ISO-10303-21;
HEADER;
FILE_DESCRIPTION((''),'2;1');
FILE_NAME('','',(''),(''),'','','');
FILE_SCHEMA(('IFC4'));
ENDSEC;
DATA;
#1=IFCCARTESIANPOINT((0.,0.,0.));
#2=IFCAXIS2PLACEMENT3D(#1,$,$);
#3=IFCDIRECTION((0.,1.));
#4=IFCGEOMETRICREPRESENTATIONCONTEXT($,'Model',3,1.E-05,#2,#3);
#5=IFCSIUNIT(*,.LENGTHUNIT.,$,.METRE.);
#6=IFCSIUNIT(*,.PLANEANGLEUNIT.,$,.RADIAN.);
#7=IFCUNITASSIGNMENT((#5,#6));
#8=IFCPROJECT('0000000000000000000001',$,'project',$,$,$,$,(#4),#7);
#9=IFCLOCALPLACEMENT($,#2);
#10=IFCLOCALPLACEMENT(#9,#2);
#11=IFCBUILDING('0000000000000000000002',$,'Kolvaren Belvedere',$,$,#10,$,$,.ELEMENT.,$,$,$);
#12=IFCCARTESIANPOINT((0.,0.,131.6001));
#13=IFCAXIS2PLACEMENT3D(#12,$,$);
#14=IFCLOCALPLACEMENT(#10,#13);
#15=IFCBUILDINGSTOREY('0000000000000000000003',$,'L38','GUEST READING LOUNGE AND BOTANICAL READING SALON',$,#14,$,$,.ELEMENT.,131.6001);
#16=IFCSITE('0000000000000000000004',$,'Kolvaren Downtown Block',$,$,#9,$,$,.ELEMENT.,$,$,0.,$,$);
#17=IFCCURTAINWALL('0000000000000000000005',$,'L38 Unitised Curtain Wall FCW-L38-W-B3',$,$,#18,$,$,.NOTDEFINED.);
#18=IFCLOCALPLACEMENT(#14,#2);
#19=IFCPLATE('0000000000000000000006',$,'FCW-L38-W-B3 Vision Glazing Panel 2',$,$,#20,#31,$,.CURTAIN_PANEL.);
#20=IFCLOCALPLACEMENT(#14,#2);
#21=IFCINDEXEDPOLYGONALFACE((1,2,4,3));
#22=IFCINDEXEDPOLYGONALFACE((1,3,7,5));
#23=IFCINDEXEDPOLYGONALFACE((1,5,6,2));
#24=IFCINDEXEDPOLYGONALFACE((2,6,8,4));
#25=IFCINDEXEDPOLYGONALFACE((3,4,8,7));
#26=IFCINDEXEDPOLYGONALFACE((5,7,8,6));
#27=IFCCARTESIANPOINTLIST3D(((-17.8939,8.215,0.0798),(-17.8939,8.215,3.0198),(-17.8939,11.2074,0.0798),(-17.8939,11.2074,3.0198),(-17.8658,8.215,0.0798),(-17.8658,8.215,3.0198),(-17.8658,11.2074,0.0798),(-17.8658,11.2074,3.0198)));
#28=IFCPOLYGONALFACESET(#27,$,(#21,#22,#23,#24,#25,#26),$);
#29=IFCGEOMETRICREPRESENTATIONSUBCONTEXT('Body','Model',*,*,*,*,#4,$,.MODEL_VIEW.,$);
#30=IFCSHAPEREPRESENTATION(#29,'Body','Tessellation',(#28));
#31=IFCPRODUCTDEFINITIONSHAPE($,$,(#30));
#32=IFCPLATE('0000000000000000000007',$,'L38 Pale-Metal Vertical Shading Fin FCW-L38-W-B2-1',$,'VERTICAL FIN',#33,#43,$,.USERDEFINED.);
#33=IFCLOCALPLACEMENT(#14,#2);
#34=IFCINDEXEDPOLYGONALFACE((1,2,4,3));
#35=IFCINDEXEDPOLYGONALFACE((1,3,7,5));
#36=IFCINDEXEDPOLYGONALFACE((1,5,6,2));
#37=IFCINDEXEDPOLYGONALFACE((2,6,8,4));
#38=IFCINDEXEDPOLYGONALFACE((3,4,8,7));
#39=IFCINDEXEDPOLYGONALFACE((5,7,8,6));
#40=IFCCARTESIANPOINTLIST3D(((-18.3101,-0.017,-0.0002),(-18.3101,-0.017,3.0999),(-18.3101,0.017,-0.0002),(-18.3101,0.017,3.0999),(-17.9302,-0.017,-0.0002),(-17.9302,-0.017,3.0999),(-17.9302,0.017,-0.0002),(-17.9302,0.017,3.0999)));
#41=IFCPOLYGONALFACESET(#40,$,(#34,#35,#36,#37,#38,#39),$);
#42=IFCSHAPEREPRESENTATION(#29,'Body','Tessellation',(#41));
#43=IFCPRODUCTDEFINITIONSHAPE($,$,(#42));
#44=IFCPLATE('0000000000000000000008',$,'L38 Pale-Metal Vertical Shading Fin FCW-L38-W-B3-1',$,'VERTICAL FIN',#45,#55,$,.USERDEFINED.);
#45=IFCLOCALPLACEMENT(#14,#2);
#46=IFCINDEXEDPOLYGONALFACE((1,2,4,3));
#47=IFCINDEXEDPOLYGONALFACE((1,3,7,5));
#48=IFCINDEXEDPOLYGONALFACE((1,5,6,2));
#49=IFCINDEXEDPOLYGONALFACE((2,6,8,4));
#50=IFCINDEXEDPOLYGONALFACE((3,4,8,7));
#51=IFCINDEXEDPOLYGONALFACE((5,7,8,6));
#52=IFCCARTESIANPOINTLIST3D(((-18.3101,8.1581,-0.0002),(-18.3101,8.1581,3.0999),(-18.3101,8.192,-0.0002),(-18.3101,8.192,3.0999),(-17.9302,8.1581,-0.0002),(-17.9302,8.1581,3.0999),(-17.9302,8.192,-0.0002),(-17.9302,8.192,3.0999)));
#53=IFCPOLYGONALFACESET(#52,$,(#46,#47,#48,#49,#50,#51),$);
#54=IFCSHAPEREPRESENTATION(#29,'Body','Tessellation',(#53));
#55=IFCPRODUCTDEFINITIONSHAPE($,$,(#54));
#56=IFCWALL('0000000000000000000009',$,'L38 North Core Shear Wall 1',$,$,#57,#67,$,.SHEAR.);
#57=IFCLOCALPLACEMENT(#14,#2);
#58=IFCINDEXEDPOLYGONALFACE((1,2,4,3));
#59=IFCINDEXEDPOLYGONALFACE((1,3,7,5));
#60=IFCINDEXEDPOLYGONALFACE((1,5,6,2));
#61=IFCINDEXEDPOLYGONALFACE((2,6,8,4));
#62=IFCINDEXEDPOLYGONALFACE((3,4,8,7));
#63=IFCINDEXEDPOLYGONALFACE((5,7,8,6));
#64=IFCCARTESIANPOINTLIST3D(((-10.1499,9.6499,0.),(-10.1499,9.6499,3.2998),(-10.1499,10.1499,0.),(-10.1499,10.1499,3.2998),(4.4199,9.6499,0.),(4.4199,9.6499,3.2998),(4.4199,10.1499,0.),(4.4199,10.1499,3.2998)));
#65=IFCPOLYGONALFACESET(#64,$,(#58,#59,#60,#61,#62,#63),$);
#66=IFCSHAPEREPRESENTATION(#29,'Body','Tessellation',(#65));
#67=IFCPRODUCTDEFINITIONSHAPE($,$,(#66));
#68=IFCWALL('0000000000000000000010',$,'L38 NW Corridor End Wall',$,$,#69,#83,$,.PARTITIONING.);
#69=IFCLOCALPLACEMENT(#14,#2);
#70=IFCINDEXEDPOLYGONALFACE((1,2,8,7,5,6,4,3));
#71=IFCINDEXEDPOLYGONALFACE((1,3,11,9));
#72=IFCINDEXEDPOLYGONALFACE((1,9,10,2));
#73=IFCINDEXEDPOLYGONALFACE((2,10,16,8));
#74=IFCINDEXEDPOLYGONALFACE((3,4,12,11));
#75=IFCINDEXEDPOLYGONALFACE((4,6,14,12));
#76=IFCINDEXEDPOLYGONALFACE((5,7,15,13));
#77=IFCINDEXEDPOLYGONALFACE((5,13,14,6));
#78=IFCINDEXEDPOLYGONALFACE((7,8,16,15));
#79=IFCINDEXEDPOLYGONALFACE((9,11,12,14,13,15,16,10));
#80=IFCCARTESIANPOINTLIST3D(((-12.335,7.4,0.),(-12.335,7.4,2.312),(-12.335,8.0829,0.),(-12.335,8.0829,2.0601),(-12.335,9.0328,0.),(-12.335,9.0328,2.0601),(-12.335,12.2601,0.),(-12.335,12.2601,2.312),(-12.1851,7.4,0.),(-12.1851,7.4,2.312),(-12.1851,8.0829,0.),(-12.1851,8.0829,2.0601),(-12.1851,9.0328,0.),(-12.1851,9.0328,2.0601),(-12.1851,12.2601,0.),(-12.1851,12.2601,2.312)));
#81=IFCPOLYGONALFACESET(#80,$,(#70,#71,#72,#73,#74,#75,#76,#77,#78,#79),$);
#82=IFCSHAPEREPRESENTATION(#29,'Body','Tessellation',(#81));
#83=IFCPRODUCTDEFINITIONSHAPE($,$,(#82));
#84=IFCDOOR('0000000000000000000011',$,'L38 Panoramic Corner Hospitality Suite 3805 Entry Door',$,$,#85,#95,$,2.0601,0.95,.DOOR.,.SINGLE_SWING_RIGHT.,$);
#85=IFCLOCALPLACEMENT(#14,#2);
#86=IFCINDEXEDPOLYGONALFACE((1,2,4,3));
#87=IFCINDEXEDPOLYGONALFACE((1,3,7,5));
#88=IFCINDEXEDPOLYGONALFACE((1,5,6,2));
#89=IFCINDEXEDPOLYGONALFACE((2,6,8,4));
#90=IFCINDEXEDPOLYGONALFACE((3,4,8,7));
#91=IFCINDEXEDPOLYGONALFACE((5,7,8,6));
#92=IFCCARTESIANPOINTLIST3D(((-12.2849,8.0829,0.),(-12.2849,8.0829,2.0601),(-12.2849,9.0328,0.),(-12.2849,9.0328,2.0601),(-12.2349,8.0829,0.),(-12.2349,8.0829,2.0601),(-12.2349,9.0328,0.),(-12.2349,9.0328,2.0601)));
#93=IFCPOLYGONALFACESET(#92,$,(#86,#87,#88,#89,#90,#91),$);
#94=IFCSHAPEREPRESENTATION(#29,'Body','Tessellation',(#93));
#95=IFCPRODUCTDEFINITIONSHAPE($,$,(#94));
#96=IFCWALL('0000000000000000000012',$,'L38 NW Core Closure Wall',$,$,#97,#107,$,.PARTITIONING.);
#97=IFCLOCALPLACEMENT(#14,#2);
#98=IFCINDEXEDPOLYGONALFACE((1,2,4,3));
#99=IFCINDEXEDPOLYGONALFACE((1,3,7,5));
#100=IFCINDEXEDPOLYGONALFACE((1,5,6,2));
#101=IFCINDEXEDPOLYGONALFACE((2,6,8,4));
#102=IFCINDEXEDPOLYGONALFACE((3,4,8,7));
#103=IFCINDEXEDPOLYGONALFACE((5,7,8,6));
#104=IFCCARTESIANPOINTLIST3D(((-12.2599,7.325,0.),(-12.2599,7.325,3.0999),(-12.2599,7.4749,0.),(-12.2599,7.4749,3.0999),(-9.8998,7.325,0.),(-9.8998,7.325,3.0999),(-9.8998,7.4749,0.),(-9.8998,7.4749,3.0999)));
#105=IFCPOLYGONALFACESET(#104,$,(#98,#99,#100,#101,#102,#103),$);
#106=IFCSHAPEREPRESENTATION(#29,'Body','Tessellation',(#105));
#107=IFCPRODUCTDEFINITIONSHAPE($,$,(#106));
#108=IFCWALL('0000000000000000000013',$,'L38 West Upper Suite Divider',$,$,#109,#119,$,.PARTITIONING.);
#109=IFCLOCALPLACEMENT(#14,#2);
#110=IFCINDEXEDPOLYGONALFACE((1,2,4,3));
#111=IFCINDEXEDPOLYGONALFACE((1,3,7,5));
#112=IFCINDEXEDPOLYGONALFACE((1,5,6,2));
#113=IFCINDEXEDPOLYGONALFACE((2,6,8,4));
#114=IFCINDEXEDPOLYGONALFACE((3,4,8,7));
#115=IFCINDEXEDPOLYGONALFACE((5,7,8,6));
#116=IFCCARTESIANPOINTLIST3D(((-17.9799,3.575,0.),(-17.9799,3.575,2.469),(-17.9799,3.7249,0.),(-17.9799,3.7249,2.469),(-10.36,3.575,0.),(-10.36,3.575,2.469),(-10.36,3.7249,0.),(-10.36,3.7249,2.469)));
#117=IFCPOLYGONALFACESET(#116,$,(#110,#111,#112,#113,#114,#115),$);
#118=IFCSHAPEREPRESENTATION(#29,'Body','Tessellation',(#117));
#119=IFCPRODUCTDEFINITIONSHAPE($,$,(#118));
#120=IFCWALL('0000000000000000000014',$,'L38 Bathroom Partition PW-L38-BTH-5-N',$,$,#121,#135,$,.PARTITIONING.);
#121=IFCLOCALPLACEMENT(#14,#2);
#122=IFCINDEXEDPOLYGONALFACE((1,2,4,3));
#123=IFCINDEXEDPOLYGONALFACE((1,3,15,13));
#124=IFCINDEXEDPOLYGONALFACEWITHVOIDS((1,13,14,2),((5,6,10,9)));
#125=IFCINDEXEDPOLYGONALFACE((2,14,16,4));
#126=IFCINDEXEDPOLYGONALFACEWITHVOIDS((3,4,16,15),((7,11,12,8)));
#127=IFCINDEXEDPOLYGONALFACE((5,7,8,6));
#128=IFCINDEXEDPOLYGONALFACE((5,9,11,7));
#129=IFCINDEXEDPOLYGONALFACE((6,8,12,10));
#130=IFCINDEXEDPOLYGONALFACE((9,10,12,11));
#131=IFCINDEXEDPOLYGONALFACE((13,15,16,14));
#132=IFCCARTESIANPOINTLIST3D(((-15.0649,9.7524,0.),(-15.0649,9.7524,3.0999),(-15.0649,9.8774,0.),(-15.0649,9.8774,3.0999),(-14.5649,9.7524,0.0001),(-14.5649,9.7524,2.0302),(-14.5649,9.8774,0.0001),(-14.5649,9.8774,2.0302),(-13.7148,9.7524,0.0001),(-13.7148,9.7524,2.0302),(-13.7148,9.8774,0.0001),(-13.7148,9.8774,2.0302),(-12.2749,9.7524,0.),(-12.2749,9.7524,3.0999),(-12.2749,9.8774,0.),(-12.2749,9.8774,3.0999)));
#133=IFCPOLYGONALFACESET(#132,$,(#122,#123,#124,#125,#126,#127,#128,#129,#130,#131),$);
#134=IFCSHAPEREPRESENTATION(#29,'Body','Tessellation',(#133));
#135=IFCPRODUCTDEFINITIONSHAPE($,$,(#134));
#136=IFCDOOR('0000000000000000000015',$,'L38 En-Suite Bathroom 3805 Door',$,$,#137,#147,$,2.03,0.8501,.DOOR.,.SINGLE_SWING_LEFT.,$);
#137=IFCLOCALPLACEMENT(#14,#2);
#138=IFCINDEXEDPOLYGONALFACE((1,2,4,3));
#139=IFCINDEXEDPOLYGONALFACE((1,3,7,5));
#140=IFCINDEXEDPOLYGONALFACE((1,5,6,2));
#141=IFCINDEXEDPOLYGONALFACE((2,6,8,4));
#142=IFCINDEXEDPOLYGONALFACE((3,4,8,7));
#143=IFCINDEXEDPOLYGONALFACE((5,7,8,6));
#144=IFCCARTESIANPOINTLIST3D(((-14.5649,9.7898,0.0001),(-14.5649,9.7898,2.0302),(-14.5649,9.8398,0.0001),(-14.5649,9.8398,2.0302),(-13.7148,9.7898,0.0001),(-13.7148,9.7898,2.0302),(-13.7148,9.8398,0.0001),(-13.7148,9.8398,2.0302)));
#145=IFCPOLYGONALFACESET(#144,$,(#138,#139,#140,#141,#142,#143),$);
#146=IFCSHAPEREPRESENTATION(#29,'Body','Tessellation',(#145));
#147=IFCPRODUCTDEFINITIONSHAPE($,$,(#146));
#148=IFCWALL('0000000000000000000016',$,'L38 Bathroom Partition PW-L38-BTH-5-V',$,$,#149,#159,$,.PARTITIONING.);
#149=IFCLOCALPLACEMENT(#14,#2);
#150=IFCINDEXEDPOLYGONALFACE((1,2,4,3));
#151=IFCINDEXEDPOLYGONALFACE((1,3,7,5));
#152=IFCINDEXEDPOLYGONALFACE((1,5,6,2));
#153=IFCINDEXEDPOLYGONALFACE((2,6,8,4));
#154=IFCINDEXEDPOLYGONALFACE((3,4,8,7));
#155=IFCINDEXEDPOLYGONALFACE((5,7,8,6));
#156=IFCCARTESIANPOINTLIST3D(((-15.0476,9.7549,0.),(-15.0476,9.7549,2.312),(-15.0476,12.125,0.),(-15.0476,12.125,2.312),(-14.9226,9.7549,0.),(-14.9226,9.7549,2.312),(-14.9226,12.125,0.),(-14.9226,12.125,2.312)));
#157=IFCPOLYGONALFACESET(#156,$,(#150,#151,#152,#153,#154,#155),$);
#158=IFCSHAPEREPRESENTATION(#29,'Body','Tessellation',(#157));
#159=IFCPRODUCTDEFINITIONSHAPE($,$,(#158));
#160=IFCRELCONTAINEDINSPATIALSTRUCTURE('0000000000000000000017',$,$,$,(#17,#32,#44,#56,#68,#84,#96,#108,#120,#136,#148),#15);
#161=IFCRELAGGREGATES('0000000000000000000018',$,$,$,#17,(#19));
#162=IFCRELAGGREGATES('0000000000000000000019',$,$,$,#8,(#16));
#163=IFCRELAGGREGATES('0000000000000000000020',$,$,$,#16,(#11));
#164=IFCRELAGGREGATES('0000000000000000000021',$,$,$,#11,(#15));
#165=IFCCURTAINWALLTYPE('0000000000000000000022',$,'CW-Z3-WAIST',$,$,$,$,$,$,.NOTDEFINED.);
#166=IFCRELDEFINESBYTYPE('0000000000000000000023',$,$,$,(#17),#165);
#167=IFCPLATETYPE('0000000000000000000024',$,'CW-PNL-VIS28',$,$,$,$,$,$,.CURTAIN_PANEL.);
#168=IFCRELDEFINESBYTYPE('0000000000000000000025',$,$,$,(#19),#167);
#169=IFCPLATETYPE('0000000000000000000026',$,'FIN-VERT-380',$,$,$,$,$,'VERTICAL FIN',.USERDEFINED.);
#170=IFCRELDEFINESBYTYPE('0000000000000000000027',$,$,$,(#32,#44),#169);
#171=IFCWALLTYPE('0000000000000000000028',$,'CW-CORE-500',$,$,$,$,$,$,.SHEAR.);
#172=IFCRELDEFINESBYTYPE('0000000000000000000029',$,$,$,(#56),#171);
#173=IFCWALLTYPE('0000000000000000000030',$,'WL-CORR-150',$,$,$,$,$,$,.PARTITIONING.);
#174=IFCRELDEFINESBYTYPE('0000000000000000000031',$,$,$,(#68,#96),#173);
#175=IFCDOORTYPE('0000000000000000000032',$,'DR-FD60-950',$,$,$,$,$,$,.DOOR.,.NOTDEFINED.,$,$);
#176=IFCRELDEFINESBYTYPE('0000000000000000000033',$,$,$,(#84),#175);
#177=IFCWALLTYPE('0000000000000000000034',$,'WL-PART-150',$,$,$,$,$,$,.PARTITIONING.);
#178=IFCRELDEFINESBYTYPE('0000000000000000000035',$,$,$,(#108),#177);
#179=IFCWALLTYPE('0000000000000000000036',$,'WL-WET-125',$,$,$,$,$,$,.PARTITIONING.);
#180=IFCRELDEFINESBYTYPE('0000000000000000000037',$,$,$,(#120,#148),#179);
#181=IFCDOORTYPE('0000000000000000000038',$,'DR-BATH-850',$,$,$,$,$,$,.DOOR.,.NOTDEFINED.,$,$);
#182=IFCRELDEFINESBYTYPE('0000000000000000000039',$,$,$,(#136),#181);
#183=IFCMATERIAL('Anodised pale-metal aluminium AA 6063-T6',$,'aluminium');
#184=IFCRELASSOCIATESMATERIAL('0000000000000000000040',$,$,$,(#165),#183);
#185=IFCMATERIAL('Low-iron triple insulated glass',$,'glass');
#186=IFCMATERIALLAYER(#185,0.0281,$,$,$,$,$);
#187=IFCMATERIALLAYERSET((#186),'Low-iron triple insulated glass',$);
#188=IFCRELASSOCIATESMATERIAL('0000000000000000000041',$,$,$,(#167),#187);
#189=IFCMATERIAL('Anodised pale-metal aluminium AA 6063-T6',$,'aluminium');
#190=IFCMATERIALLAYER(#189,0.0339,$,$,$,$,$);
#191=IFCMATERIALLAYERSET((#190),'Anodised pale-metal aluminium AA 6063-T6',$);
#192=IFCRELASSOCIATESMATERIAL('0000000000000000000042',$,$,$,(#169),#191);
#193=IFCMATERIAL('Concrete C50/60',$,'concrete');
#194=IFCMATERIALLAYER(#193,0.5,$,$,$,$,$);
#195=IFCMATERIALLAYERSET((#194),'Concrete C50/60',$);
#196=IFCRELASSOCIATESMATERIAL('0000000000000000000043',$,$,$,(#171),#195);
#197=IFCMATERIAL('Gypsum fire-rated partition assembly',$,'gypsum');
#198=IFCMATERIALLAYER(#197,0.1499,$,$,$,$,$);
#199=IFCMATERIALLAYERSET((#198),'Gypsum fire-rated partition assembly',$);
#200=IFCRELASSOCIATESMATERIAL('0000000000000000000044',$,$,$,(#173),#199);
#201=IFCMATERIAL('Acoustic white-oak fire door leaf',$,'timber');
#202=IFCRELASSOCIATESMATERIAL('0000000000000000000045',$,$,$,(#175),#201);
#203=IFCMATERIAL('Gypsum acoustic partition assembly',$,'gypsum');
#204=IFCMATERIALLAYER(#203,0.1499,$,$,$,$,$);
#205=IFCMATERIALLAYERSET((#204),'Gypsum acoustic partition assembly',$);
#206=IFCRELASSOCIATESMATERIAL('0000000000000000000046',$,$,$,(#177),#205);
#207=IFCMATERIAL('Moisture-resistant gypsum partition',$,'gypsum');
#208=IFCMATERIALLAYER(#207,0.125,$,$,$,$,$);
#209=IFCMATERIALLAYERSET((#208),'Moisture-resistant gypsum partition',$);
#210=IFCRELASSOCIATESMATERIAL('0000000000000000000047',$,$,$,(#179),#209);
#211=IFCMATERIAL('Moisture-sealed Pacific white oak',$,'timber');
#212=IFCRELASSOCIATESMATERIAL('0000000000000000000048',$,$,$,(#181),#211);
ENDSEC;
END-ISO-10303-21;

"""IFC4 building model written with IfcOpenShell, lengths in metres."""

from ifc_helpers import new_model, si_unit, direction, frame, frame_2d, origin, origin_2d, place, context, subcontext, project, spatial, rectangle, extrude, material, layer, layer_set, type_object, element, fill, aggregate, save


model = new_model("IFC4")

# Units and contexts
model_context = context("Model", 3, precision=1e-05, world=origin(), true_north=direction((0.0, 1.0)))
body_context = subcontext(model_context, "Body", "Model", "MODEL_VIEW")
ifc_project = project(units=[si_unit("LENGTHUNIT", "METRE"), si_unit("PLANEANGLEUNIT", "RADIAN")], contexts=[model_context])

# Site, building, storey
site_placement = place(None, origin())
site = spatial("IfcSite", under=ifc_project, at=site_placement, Name="Kolvaren Downtown Block", CompositionType="ELEMENT", RefElevation=0.0)
building_placement = place(site_placement, origin())
building = spatial("IfcBuilding", under=site, at=building_placement, Name="Kolvaren Belvedere", CompositionType="ELEMENT")
storey_placement = place(building_placement, frame((0.0, 0.0, 131.6001)))
storey = spatial("IfcBuildingStorey", under=building, at=storey_placement, Name="L38", Description="GUEST READING LOUNGE AND BOTANICAL READING SALON", CompositionType="ELEMENT", Elevation=131.6001)

# Curtain wall
ifc_material_1 = material(Name="Anodised pale-metal aluminium AA 6063-T6", Category="aluminium")
curtain_wall_type = type_object("IfcCurtainWallType", Name="CW-Z3-WAIST", PredefinedType="NOTDEFINED", material=ifc_material_1)
curtain_wall_1_placement = place(storey_placement, origin())
curtain_wall_1 = element("IfcCurtainWall", 1, at=curtain_wall_1_placement, inside=storey, type_object=curtain_wall_type, Name="L38 Unitised Curtain Wall FCW-L38-W-B3", PredefinedType="NOTDEFINED")

# Plate
ifc_material_2 = material(Name="Low-iron triple insulated glass", Category="glass")
ifc_layer_1 = layer(ifc_material_2, 0.0281)
ifc_layer_set_1 = layer_set([ifc_layer_1], Name="Low-iron triple insulated glass")
plate_type_1 = type_object("IfcPlateType", Name="CW-PNL-VIS28", PredefinedType="CURTAIN_PANEL", material=ifc_layer_set_1)
plate_1_placement = place(storey_placement, frame((-17.8799, 9.7112, 0.0798), z_axis=(0.0, 0.0, 1.0), x_axis=(0.0, 1.0, 0.0)))
plate_1 = element("IfcPlate", 2, at=plate_1_placement, type_object=plate_type_1, Name="FCW-L38-W-B3 Vision Glazing Panel 2", PredefinedType="CURTAIN_PANEL", context=body_context, shape_type="SweptSolid", body=[
    extrude(rectangle(XDim=2.9924, YDim=0.0281, at=origin_2d()), origin(), (0.0, 0.0, 1.0), 2.9399),
])
aggregate(curtain_wall_1, [plate_1])

# Plates
ifc_material_3 = material(Name="Anodised pale-metal aluminium AA 6063-T6", Category="aluminium")
ifc_layer_2 = layer(ifc_material_3, 0.0339)
ifc_layer_set_2 = layer_set([ifc_layer_2], Name="Anodised pale-metal aluminium AA 6063-T6")
plate_type_2 = type_object("IfcPlateType", Name="FIN-VERT-380", ElementType="VERTICAL FIN", PredefinedType="USERDEFINED", material=ifc_layer_set_2)
for number, where, z_axis, x_axis, name in (
    (3, (-18.1201, 0.0, -0.0002), (0.0, 0.0, 1.0), (1.0, 0.0, 0.0), "L38 Pale-Metal Vertical Shading Fin FCW-L38-W-B2-1"),
    (4, (-18.1201, 8.175, -0.0002), (0.0, 0.0, 1.0), (1.0, 0.0, 0.0), "L38 Pale-Metal Vertical Shading Fin FCW-L38-W-B3-1"),
):
    element("IfcPlate", number, at=place(storey_placement, frame(where, z_axis=z_axis, x_axis=x_axis)), inside=storey, type_object=plate_type_2, Name=name, ObjectType="VERTICAL FIN", PredefinedType="USERDEFINED", context=body_context, shape_type="SweptSolid", body=[
        extrude(rectangle(XDim=0.3799, YDim=0.0339, at=origin_2d()), origin(), (0.0, 0.0, 1.0), 3.1001),
    ])

# Wall
ifc_material_4 = material(Name="Concrete C50/60", Category="concrete")
ifc_layer_3 = layer(ifc_material_4, 0.5)
ifc_layer_set_3 = layer_set([ifc_layer_3], Name="Concrete C50/60")
wall_type_1 = type_object("IfcWallType", Name="CW-CORE-500", PredefinedType="SHEAR", material=ifc_layer_set_3)
wall_1_placement = place(storey_placement, frame((-10.1499, 9.8999, 0.0), z_axis=(0.0, 0.0, 1.0), x_axis=(1.0, 0.0, 0.0)))
element("IfcWall", 5, at=wall_1_placement, inside=storey, type_object=wall_type_1, Name="L38 North Core Shear Wall 1", PredefinedType="SHEAR", context=body_context, shape_type="SweptSolid", body=[
    extrude(rectangle(XDim=14.5698, YDim=0.5, at=frame_2d((7.2849, 0.0))), origin(), (0.0, 0.0, 1.0), 3.2998),
])

# Wall, opening, door
ifc_material_5 = material(Name="Gypsum fire-rated partition assembly", Category="gypsum")
ifc_layer_4 = layer(ifc_material_5, 0.1499)
ifc_layer_set_4 = layer_set([ifc_layer_4], Name="Gypsum fire-rated partition assembly")
wall_type_2 = type_object("IfcWallType", Name="WL-CORR-150", PredefinedType="PARTITIONING", material=ifc_layer_set_4)
wall_2_placement = place(storey_placement, frame((-12.26, 7.3999, 0.0), z_axis=(0.0, 0.0, 1.0), x_axis=(0.0, 1.0, 0.0)))
wall_2 = element("IfcWall", 6, at=wall_2_placement, inside=storey, type_object=wall_type_2, Name="L38 NW Corridor End Wall", PredefinedType="PARTITIONING", context=body_context, shape_type="SweptSolid", body=[
    extrude(rectangle(XDim=4.8601, YDim=0.1499, at=frame_2d((2.4302, 0.0))), origin(), (0.0, 0.0, 1.0), 2.312),
])
opening_1_placement = place(wall_2_placement, frame((0.6829, 0.0, 0.0)))
opening_1 = element("IfcOpeningElement", 7, at=opening_1_placement, cuts=wall_2, PredefinedType="OPENING", context=body_context, shape_type="SweptSolid", body=[
    extrude(rectangle(XDim=0.95, YDim=2.0601, at=frame_2d((0.4751, 1.03))), frame((0.0, 0.085, 0.0), z_axis=(0.0, -1.0, 0.0), x_axis=(1.0, 0.0, 0.0)), (0.0, 0.0, 1.0), 0.1699),
])
ifc_material_6 = material(Name="Acoustic white-oak fire door leaf", Category="timber")
door_type_1 = type_object("IfcDoorType", Name="DR-FD60-950", OperationType="NOTDEFINED", PredefinedType="DOOR", material=ifc_material_6)
door_1_placement = place(opening_1_placement, origin())
door_1 = element("IfcDoor", 8, at=door_1_placement, inside=storey, type_object=door_type_1, Name="L38 Panoramic Corner Hospitality Suite 3805 Entry Door", OperationType="SINGLE_SWING_RIGHT", OverallHeight=2.0601, OverallWidth=0.95, PredefinedType="DOOR", context=body_context, shape_type="SweptSolid", body=[
    extrude(rectangle(XDim=0.95, YDim=2.0601, at=frame_2d((0.4751, 1.03))), frame((0.0, 0.0249, 0.0), z_axis=(0.0, -1.0, 0.0), x_axis=(1.0, 0.0, 0.0)), (0.0, 0.0, 1.0), 0.05),
])
fill(opening_1, door_1)

# Walls
wall_3_placement = place(storey_placement, frame((-12.26, 7.3999, 0.0), z_axis=(0.0, 0.0, 1.0), x_axis=(1.0, 0.0, 0.0)))
element("IfcWall", 9, at=wall_3_placement, inside=storey, type_object=wall_type_2, Name="L38 NW Core Closure Wall", PredefinedType="PARTITIONING", context=body_context, shape_type="SweptSolid", body=[
    extrude(rectangle(XDim=2.3601, YDim=0.1499, at=frame_2d((1.1802, 0.0))), origin(), (0.0, 0.0, 1.0), 3.0999),
])
ifc_material_7 = material(Name="Gypsum acoustic partition assembly", Category="gypsum")
ifc_layer_5 = layer(ifc_material_7, 0.1499)
ifc_layer_set_5 = layer_set([ifc_layer_5], Name="Gypsum acoustic partition assembly")
wall_type_3 = type_object("IfcWallType", Name="WL-PART-150", PredefinedType="PARTITIONING", material=ifc_layer_set_5)
wall_4_placement = place(storey_placement, frame((-17.98, 3.6499, 0.0), z_axis=(0.0, 0.0, 1.0), x_axis=(1.0, 0.0, 0.0)))
element("IfcWall", 10, at=wall_4_placement, inside=storey, type_object=wall_type_3, Name="L38 West Upper Suite Divider", PredefinedType="PARTITIONING", context=body_context, shape_type="SweptSolid", body=[
    extrude(rectangle(XDim=7.6199, YDim=0.1499, at=frame_2d((3.8101, 0.0))), origin(), (0.0, 0.0, 1.0), 2.469),
])

# Wall, opening, door
ifc_material_8 = material(Name="Moisture-resistant gypsum partition", Category="gypsum")
ifc_layer_6 = layer(ifc_material_8, 0.125)
ifc_layer_set_6 = layer_set([ifc_layer_6], Name="Moisture-resistant gypsum partition")
wall_type_4 = type_object("IfcWallType", Name="WL-WET-125", PredefinedType="PARTITIONING", material=ifc_layer_set_6)
wall_5_placement = place(storey_placement, frame((-15.0649, 9.8149, 0.0), z_axis=(0.0, 0.0, 1.0), x_axis=(1.0, 0.0, 0.0)))
wall_5 = element("IfcWall", 11, at=wall_5_placement, inside=storey, type_object=wall_type_4, Name="L38 Bathroom Partition PW-L38-BTH-5-N", PredefinedType="PARTITIONING", context=body_context, shape_type="SweptSolid", body=[
    extrude(rectangle(XDim=2.79, YDim=0.125, at=frame_2d((1.395, 0.0))), origin(), (0.0, 0.0, 1.0), 3.0999),
])
opening_2_placement = place(wall_5_placement, frame((0.5, 0.0, 0.0)))
opening_2 = element("IfcOpeningElement", 12, at=opening_2_placement, cuts=wall_5, PredefinedType="OPENING", context=body_context, shape_type="SweptSolid", body=[
    extrude(rectangle(XDim=0.8501, YDim=2.03, at=frame_2d((0.425, 1.0151))), frame((0.0, 0.0725, 0.0), z_axis=(0.0, -1.0, 0.0), x_axis=(1.0, 0.0, 0.0)), (0.0, 0.0, 1.0), 0.145),
])
ifc_material_9 = material(Name="Moisture-sealed Pacific white oak", Category="timber")
door_type_2 = type_object("IfcDoorType", Name="DR-BATH-850", OperationType="NOTDEFINED", PredefinedType="DOOR", material=ifc_material_9)
door_2_placement = place(opening_2_placement, origin())
door_2 = element("IfcDoor", 13, at=door_2_placement, inside=storey, type_object=door_type_2, Name="L38 En-Suite Bathroom 3805 Door", OperationType="SINGLE_SWING_LEFT", OverallHeight=2.03, OverallWidth=0.8501, PredefinedType="DOOR", context=body_context, shape_type="SweptSolid", body=[
    extrude(rectangle(XDim=0.8501, YDim=2.03, at=frame_2d((0.425, 1.0151))), frame((0.0, 0.0249, 0.0), z_axis=(0.0, -1.0, 0.0), x_axis=(1.0, 0.0, 0.0)), (0.0, 0.0, 1.0), 0.05),
])
fill(opening_2, door_2)

# Wall
wall_6_placement = place(storey_placement, frame((-14.9851, 9.7549, 0.0), z_axis=(0.0, 0.0, 1.0), x_axis=(0.0, 1.0, 0.0)))
element("IfcWall", 14, at=wall_6_placement, inside=storey, type_object=wall_type_4, Name="L38 Bathroom Partition PW-L38-BTH-5-V", PredefinedType="PARTITIONING", context=body_context, shape_type="SweptSolid", body=[
    extrude(rectangle(XDim=2.3701, YDim=0.125, at=frame_2d((1.1851, 0.0))), origin(), (0.0, 0.0, 1.0), 2.312),
])

save(model, "model.ifc")
